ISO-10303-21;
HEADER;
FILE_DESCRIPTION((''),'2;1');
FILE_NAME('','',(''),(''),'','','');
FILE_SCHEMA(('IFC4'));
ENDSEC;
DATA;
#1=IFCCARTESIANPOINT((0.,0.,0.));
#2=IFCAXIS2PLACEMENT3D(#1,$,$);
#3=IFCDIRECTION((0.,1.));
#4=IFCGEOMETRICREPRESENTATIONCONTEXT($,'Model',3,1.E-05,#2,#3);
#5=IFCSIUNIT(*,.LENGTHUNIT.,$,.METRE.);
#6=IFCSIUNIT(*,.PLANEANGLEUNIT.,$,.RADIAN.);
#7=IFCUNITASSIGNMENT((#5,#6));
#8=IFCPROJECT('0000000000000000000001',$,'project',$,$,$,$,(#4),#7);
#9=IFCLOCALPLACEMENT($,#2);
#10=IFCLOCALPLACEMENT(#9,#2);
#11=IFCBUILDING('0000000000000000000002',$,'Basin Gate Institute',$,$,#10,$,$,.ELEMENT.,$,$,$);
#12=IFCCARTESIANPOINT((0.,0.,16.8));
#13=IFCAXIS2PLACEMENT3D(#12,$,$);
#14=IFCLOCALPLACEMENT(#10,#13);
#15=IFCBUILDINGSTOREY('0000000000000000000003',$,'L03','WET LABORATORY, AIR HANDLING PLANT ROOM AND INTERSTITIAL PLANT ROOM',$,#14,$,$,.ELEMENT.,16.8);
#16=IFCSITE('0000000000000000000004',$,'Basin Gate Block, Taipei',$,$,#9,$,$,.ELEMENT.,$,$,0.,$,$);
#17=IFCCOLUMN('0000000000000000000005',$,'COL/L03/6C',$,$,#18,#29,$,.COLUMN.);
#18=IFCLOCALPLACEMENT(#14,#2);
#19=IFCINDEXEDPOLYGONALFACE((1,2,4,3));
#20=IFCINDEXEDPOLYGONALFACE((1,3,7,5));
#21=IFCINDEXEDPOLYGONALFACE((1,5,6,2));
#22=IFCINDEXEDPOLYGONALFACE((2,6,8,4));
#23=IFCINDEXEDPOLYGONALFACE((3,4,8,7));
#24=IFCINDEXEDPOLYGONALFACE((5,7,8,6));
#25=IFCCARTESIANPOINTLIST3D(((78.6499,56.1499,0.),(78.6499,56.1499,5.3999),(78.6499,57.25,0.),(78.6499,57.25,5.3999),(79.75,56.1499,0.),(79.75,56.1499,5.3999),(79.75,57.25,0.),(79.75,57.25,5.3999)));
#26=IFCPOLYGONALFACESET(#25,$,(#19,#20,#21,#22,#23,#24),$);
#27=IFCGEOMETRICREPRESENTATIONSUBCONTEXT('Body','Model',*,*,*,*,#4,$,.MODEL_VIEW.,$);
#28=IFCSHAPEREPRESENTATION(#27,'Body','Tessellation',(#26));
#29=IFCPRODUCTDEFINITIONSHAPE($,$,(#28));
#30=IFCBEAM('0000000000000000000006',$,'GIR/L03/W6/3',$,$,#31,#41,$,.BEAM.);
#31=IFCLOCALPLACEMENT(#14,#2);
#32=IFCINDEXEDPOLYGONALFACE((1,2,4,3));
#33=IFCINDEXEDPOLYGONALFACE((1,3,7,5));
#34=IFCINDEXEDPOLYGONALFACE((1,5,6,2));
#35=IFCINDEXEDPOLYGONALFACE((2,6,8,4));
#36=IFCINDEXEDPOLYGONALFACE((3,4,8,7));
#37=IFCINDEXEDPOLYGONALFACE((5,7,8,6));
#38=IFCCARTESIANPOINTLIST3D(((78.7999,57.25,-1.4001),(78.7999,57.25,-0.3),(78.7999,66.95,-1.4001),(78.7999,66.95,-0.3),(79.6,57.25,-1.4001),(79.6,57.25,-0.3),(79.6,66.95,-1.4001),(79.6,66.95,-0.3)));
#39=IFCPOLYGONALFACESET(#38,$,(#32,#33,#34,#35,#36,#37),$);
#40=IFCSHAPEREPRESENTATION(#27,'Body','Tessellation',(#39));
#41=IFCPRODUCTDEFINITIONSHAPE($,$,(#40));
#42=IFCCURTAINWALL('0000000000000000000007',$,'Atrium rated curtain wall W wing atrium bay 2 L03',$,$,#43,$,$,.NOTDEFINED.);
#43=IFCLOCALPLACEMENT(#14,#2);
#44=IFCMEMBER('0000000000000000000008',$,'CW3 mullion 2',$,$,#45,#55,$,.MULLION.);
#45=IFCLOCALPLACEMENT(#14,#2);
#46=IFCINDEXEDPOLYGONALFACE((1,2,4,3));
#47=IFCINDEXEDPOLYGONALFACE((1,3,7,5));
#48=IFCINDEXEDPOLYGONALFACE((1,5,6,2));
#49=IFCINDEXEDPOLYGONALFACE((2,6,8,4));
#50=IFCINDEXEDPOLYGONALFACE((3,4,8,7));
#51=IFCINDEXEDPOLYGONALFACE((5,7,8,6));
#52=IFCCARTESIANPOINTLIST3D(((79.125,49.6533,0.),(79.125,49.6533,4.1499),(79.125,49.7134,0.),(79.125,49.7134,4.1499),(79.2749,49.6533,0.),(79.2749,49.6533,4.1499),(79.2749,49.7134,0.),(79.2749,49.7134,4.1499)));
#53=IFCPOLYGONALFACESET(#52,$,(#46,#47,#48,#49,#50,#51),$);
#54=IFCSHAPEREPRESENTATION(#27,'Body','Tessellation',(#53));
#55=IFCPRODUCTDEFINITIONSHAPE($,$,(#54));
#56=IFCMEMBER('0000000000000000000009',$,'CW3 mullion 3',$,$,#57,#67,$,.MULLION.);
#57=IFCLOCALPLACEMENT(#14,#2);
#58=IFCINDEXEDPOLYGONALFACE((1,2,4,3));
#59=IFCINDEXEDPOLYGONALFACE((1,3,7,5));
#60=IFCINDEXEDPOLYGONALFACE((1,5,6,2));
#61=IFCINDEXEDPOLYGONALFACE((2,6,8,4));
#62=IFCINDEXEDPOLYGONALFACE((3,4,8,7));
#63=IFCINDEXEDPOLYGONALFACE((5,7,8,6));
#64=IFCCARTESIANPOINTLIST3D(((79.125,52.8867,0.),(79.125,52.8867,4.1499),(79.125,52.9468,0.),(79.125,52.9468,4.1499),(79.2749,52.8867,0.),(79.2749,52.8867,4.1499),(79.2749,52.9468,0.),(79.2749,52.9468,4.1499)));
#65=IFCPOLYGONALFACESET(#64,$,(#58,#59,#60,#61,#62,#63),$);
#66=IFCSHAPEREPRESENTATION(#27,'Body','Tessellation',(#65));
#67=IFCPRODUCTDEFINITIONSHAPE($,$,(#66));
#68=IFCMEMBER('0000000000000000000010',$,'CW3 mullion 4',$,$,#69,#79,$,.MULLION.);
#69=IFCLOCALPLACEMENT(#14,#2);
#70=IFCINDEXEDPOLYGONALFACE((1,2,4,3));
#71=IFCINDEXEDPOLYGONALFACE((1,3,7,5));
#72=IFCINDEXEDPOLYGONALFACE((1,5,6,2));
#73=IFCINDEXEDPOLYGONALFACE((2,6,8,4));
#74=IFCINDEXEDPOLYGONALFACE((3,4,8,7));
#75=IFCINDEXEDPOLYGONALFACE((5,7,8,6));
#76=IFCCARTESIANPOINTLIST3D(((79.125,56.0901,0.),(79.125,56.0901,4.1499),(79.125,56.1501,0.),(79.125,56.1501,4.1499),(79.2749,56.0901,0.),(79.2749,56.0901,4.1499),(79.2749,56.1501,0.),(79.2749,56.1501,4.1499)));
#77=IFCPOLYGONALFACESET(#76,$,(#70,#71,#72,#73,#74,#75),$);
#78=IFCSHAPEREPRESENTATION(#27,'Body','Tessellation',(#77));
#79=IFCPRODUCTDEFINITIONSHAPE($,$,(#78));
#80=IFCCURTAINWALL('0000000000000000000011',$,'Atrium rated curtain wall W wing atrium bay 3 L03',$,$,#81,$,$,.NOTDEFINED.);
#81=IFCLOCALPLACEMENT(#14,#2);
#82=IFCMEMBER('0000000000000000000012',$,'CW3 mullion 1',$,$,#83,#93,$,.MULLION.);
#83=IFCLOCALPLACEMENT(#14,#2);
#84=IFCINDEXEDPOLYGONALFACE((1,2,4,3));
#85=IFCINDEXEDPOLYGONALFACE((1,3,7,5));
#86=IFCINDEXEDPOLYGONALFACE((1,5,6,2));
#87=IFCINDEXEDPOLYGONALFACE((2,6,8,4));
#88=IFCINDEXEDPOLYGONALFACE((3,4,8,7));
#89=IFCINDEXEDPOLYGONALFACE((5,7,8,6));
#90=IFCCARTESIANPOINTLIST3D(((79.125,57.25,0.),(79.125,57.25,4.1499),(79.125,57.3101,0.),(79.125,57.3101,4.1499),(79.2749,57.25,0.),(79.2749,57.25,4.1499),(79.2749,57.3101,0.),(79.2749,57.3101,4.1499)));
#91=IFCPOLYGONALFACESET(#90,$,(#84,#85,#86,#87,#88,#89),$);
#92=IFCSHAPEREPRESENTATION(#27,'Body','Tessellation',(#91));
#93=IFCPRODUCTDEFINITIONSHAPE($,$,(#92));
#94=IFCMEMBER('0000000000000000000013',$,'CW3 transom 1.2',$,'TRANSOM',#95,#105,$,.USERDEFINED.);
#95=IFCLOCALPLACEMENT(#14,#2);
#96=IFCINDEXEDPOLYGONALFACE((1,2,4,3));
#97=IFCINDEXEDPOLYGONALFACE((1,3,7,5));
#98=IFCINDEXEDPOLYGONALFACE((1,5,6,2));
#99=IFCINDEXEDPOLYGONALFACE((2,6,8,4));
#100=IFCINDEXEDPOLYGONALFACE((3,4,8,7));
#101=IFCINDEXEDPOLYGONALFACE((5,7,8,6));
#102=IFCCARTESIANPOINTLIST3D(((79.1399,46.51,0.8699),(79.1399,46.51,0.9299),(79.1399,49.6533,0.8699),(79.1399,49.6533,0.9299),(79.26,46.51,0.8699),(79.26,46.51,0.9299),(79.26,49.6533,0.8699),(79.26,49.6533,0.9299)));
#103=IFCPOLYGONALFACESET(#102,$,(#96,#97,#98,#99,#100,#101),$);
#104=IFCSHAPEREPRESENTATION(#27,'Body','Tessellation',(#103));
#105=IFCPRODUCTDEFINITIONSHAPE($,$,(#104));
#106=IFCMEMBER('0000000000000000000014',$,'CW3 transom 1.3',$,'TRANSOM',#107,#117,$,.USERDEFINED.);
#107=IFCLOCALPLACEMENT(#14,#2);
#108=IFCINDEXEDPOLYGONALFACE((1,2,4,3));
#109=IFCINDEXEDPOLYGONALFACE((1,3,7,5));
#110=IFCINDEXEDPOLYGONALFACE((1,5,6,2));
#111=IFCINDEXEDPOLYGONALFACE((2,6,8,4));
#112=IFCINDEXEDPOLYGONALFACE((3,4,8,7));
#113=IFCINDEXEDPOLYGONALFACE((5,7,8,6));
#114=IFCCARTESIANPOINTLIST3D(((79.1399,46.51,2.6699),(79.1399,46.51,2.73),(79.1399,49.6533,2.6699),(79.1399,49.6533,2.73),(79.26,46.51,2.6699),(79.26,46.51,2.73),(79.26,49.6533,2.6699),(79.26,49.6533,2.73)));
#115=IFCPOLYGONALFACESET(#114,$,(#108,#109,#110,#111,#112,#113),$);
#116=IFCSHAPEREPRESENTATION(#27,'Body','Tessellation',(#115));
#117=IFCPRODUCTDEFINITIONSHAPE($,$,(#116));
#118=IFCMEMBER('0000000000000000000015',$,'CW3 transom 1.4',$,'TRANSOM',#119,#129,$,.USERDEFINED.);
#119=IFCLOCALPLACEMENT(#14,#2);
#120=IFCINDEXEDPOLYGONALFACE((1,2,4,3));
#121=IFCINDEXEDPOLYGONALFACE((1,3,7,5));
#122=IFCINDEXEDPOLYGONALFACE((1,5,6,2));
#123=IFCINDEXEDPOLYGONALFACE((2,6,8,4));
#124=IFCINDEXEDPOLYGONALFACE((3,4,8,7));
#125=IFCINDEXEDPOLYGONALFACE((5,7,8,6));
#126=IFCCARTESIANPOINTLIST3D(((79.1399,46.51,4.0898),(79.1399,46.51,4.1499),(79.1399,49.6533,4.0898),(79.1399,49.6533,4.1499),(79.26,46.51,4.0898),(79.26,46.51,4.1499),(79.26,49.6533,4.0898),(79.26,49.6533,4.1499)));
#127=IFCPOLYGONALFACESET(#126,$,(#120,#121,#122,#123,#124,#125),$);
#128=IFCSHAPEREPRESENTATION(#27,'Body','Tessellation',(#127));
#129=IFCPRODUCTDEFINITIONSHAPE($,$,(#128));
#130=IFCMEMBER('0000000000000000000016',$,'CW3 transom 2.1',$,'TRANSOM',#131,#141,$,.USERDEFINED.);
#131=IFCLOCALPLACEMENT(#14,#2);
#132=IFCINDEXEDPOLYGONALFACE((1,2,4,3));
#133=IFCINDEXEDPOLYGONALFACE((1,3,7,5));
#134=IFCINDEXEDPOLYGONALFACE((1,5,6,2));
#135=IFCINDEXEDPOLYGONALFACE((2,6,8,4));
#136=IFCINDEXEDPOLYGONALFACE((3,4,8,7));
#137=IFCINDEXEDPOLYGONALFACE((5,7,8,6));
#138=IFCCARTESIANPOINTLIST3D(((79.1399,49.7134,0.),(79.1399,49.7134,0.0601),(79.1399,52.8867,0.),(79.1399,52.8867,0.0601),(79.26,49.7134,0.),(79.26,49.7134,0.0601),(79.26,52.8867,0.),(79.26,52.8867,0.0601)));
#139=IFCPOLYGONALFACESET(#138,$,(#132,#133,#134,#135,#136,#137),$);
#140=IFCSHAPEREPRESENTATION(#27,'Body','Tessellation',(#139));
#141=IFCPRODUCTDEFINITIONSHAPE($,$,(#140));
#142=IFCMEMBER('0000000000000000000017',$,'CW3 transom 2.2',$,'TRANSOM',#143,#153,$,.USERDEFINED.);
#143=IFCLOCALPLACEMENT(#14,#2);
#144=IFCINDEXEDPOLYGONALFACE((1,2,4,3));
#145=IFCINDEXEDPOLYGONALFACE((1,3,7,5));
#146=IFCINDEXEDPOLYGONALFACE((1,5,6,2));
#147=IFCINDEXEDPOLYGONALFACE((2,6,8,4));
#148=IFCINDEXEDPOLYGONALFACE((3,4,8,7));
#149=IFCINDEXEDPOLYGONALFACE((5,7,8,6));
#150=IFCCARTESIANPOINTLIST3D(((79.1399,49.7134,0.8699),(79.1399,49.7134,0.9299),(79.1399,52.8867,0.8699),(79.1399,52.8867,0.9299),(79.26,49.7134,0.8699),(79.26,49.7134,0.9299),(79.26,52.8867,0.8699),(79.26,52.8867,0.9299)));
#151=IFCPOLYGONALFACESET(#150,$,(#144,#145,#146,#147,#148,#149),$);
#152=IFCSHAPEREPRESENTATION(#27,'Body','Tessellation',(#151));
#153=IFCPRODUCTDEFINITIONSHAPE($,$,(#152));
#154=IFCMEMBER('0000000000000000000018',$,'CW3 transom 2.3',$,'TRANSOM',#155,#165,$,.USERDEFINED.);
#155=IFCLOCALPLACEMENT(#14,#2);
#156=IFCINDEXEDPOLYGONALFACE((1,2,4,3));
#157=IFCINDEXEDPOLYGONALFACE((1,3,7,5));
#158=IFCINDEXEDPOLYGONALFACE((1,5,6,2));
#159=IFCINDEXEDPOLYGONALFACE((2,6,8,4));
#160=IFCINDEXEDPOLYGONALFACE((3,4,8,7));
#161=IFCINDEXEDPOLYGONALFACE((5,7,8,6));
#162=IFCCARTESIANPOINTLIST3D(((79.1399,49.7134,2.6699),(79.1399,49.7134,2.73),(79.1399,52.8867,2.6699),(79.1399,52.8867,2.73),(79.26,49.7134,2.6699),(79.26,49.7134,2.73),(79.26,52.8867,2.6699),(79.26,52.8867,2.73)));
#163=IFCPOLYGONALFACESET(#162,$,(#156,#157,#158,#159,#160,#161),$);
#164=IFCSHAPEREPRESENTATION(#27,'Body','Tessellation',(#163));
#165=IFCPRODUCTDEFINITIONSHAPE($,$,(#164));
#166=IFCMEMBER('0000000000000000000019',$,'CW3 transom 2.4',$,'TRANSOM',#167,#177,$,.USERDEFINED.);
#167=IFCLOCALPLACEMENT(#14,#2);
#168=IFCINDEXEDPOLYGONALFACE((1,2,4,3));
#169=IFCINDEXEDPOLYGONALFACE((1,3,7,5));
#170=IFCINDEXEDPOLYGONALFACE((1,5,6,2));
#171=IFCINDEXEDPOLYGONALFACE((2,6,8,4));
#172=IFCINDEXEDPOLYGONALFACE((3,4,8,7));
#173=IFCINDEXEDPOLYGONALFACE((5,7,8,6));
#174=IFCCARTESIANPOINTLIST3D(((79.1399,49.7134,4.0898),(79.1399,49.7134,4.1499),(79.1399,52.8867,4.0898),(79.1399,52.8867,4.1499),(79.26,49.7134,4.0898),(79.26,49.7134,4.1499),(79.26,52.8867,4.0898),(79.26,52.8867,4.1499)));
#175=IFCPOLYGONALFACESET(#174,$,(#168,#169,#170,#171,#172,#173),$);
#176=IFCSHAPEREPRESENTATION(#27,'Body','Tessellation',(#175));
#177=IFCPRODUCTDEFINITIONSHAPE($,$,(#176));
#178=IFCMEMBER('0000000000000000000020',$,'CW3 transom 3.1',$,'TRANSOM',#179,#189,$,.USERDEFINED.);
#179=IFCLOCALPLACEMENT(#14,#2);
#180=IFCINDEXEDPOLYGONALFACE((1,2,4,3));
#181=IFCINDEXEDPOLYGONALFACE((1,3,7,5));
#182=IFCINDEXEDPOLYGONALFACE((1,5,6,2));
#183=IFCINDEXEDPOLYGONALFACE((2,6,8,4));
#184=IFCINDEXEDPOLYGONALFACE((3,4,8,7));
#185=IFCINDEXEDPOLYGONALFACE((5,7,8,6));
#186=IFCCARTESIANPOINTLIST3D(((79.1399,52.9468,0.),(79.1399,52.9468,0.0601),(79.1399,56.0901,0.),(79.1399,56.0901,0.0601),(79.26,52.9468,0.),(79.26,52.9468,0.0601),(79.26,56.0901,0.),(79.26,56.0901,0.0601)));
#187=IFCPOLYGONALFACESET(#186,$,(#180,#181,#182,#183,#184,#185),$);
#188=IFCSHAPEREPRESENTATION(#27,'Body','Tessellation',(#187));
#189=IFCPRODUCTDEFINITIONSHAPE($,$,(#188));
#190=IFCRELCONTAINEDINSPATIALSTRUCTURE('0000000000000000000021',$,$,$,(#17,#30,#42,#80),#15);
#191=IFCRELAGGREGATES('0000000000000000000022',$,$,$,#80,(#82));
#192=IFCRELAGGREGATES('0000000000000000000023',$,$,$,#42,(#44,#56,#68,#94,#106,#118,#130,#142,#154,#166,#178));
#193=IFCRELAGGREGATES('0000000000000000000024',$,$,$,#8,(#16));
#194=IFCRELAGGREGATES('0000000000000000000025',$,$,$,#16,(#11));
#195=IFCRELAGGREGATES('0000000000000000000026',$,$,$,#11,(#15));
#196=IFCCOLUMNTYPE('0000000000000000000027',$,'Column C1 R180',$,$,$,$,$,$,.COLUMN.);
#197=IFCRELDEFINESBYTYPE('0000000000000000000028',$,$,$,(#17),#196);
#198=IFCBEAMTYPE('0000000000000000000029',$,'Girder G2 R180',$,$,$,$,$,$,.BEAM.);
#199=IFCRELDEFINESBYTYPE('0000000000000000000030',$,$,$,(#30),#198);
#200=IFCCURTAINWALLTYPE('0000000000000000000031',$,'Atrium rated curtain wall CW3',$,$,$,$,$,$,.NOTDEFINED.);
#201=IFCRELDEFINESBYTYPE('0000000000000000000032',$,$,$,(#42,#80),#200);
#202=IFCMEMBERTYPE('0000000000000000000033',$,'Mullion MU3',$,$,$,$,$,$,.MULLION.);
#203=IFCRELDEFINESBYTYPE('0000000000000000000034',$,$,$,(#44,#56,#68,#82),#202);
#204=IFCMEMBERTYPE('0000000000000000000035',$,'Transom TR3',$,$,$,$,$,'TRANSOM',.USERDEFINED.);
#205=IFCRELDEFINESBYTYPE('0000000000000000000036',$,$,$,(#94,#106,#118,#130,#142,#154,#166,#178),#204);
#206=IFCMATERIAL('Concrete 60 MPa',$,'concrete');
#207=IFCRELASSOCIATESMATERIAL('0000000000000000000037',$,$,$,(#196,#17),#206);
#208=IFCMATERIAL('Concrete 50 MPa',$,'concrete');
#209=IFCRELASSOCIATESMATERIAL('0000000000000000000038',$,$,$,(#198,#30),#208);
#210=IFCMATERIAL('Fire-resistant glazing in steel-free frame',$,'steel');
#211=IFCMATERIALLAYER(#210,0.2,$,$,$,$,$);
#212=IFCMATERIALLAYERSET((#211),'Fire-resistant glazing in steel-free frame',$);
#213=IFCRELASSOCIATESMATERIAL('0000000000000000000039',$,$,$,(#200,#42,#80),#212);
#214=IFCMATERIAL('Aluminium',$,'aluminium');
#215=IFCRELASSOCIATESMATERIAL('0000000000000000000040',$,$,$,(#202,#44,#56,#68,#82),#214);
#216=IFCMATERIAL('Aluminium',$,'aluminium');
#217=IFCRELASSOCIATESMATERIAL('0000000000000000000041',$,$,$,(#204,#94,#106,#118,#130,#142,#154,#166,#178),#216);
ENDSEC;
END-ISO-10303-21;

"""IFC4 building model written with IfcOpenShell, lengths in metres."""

from ifc_helpers import new_model, si_unit, direction, frame, origin, origin_2d, place, context, subcontext, project, spatial, rectangle, extrude, material, layer, layer_set, material_profile, profile_set, type_object, element, aggregate, save


model = new_model("IFC4")

# Units and contexts
model_context = context("Model", 3, precision=1e-05, world=origin(), true_north=direction((0.0, 1.0)))
body_context = subcontext(model_context, "Body", "Model", "MODEL_VIEW")
ifc_project = project(units=[si_unit("LENGTHUNIT", "METRE"), si_unit("PLANEANGLEUNIT", "RADIAN")], contexts=[model_context])

# Site, building, storey
site_placement = place(None, origin())
site = spatial("IfcSite", under=ifc_project, at=site_placement, Name="Basin Gate Block, Taipei", CompositionType="ELEMENT", RefElevation=0.0)
building_placement = place(site_placement, origin())
building = spatial("IfcBuilding", under=site, at=building_placement, Name="Basin Gate Institute", CompositionType="ELEMENT")
storey_placement = place(building_placement, frame((0.0, 0.0, 16.8)))
storey = spatial("IfcBuildingStorey", under=building, at=storey_placement, Name="L03", Description="WET LABORATORY, AIR HANDLING PLANT ROOM AND INTERSTITIAL PLANT ROOM", CompositionType="ELEMENT", Elevation=16.8)

# Column
ifc_material_1 = material(Name="Concrete 60 MPa", Category="concrete")
ifc_material_profile_1 = material_profile(ifc_material_1, rectangle(XDim=1.1001, YDim=1.1001, at=origin_2d()), Name="Column C1 1100 x 1100")
ifc_profile_set_1 = profile_set([ifc_material_profile_1], Name="Concrete 60 MPa")
column_type = type_object("IfcColumnType", Name="Column C1 R180", PredefinedType="COLUMN", material=ifc_profile_set_1)
column_placement = place(storey_placement, frame((79.2, 56.7, 0.0), z_axis=(0.0, 0.0, 1.0), x_axis=(1.0, 0.0, 0.0)))
element("IfcColumn", 1, at=column_placement, inside=storey, type_object=column_type, material=ifc_profile_set_1, Name="COL/L03/6C", PredefinedType="COLUMN", context=body_context, shape_type="SweptSolid", body=[
    extrude(rectangle(XDim=1.1001, YDim=1.1001, at=origin_2d()), origin(), (0.0, 0.0, 1.0), 5.3999),
])

# Beam
ifc_material_2 = material(Name="Concrete 50 MPa", Category="concrete")
ifc_material_profile_2 = material_profile(ifc_material_2, rectangle(XDim=0.8, YDim=1.1001, at=origin_2d()), Name="Girder G2 800 x 1100")
ifc_profile_set_2 = profile_set([ifc_material_profile_2], Name="Concrete 50 MPa")
beam_type = type_object("IfcBeamType", Name="Girder G2 R180", PredefinedType="BEAM", material=ifc_profile_set_2)
beam_placement = place(storey_placement, frame((79.2, 57.25, -0.8501), z_axis=(0.0, 1.0, 0.0), x_axis=(-1.0, 0.0, 0.0)))
element("IfcBeam", 2, at=beam_placement, inside=storey, type_object=beam_type, material=ifc_profile_set_2, Name="GIR/L03/W6/3", PredefinedType="BEAM", context=body_context, shape_type="SweptSolid", body=[
    extrude(rectangle(XDim=0.8, YDim=1.1001, at=origin_2d()), origin(), (0.0, 0.0, 1.0), 9.7),
])

# Curtain wall, members
ifc_material_3 = material(Name="Fire-resistant glazing in steel-free frame", Category="steel")
ifc_layer_1 = layer(ifc_material_3, 0.2)
ifc_layer_set_1 = layer_set([ifc_layer_1], Name="Fire-resistant glazing in steel-free frame")
curtain_wall_type = type_object("IfcCurtainWallType", Name="Atrium rated curtain wall CW3", PredefinedType="NOTDEFINED", material=ifc_layer_set_1)
curtain_wall_1_placement = place(storey_placement, origin())
curtain_wall_1 = element("IfcCurtainWall", 3, at=curtain_wall_1_placement, inside=storey, type_object=curtain_wall_type, material=ifc_layer_set_1, Name="Atrium rated curtain wall W wing atrium bay 2 L03", PredefinedType="NOTDEFINED")
ifc_material_4 = material(Name="Aluminium", Category="aluminium")
ifc_material_profile_3 = material_profile(ifc_material_4, rectangle(XDim=0.1499, YDim=0.0601, at=origin_2d()), Name="Mullion MU3 150 x 60")
ifc_profile_set_3 = profile_set([ifc_material_profile_3], Name="Aluminium")
member_type_1 = type_object("IfcMemberType", Name="Mullion MU3", PredefinedType="MULLION", material=ifc_profile_set_3)
member_1_placement = place(storey_placement, frame((79.2, 49.6833, 0.0), z_axis=(0.0, 0.0, 1.0), x_axis=(-1.0, 0.0, 0.0)))
member_1 = element("IfcMember", 4, at=member_1_placement, type_object=member_type_1, material=ifc_profile_set_3, Name="CW3 mullion 2", PredefinedType="MULLION", context=body_context, shape_type="SweptSolid", body=[
    extrude(rectangle(XDim=0.1499, YDim=0.0601, at=origin_2d()), origin(), (0.0, 0.0, 1.0), 4.1499),
])
member_2_placement = place(storey_placement, frame((79.2, 52.9167, 0.0), z_axis=(0.0, 0.0, 1.0), x_axis=(-1.0, 0.0, 0.0)))
member_2 = element("IfcMember", 5, at=member_2_placement, type_object=member_type_1, material=ifc_profile_set_3, Name="CW3 mullion 3", PredefinedType="MULLION", context=body_context, shape_type="SweptSolid", body=[
    extrude(rectangle(XDim=0.1499, YDim=0.0601, at=origin_2d()), origin(), (0.0, 0.0, 1.0), 4.1499),
])
member_3_placement = place(storey_placement, frame((79.2, 56.1201, 0.0), z_axis=(0.0, 0.0, 1.0), x_axis=(-1.0, 0.0, 0.0)))
member_3 = element("IfcMember", 6, at=member_3_placement, type_object=member_type_1, material=ifc_profile_set_3, Name="CW3 mullion 4", PredefinedType="MULLION", context=body_context, shape_type="SweptSolid", body=[
    extrude(rectangle(XDim=0.1499, YDim=0.0601, at=origin_2d()), origin(), (0.0, 0.0, 1.0), 4.1499),
])

# Curtain wall, member
curtain_wall_2_placement = place(storey_placement, origin())
curtain_wall_2 = element("IfcCurtainWall", 7, at=curtain_wall_2_placement, inside=storey, type_object=curtain_wall_type, material=ifc_layer_set_1, Name="Atrium rated curtain wall W wing atrium bay 3 L03", PredefinedType="NOTDEFINED")
member_4_placement = place(storey_placement, frame((79.2, 57.28, 0.0), z_axis=(0.0, 0.0, 1.0), x_axis=(-1.0, 0.0, 0.0)))
member_4 = element("IfcMember", 8, at=member_4_placement, type_object=member_type_1, material=ifc_profile_set_3, Name="CW3 mullion 1", PredefinedType="MULLION", context=body_context, shape_type="SweptSolid", body=[
    extrude(rectangle(XDim=0.1499, YDim=0.0601, at=origin_2d()), origin(), (0.0, 0.0, 1.0), 4.1499),
])

# Members
ifc_material_5 = material(Name="Aluminium", Category="aluminium")
ifc_material_profile_4 = material_profile(ifc_material_5, rectangle(XDim=0.1201, YDim=0.0601, at=origin_2d()), Name="Transom TR3 120 x 60")
ifc_profile_set_4 = profile_set([ifc_material_profile_4], Name="Aluminium")
member_type_2 = type_object("IfcMemberType", Name="Transom TR3", ElementType="TRANSOM", PredefinedType="USERDEFINED", material=ifc_profile_set_4)
member_5_placement = place(storey_placement, frame((79.2, 46.51, 0.8999), z_axis=(0.0, 1.0, 0.0), x_axis=(-1.0, 0.0, 0.0)))
member_5 = element("IfcMember", 9, at=member_5_placement, type_object=member_type_2, material=ifc_profile_set_4, Name="CW3 transom 1.2", ObjectType="TRANSOM", PredefinedType="USERDEFINED", context=body_context, shape_type="SweptSolid", body=[
    extrude(rectangle(XDim=0.1201, YDim=0.0601, at=origin_2d()), origin(), (0.0, 0.0, 1.0), 3.1433),
])
member_6_placement = place(storey_placement, frame((79.2, 46.51, 2.7), z_axis=(0.0, 1.0, 0.0), x_axis=(-1.0, 0.0, 0.0)))
member_6 = element("IfcMember", 10, at=member_6_placement, type_object=member_type_2, material=ifc_profile_set_4, Name="CW3 transom 1.3", ObjectType="TRANSOM", PredefinedType="USERDEFINED", context=body_context, shape_type="SweptSolid", body=[
    extrude(rectangle(XDim=0.1201, YDim=0.0601, at=origin_2d()), origin(), (0.0, 0.0, 1.0), 3.1433),
])
member_7_placement = place(storey_placement, frame((79.2, 46.51, 4.1199), z_axis=(0.0, 1.0, 0.0), x_axis=(-1.0, 0.0, 0.0)))
member_7 = element("IfcMember", 11, at=member_7_placement, type_object=member_type_2, material=ifc_profile_set_4, Name="CW3 transom 1.4", ObjectType="TRANSOM", PredefinedType="USERDEFINED", context=body_context, shape_type="SweptSolid", body=[
    extrude(rectangle(XDim=0.1201, YDim=0.0601, at=origin_2d()), origin(), (0.0, 0.0, 1.0), 3.1433),
])
member_8_placement = place(storey_placement, frame((79.2, 49.7134, 0.03), z_axis=(0.0, 1.0, 0.0), x_axis=(-1.0, 0.0, 0.0)))
member_8 = element("IfcMember", 12, at=member_8_placement, type_object=member_type_2, material=ifc_profile_set_4, Name="CW3 transom 2.1", ObjectType="TRANSOM", PredefinedType="USERDEFINED", context=body_context, shape_type="SweptSolid", body=[
    extrude(rectangle(XDim=0.1201, YDim=0.0601, at=origin_2d()), origin(), (0.0, 0.0, 1.0), 3.1733),
])
member_9_placement = place(storey_placement, frame((79.2, 49.7134, 0.8999), z_axis=(0.0, 1.0, 0.0), x_axis=(-1.0, 0.0, 0.0)))
member_9 = element("IfcMember", 13, at=member_9_placement, type_object=member_type_2, material=ifc_profile_set_4, Name="CW3 transom 2.2", ObjectType="TRANSOM", PredefinedType="USERDEFINED", context=body_context, shape_type="SweptSolid", body=[
    extrude(rectangle(XDim=0.1201, YDim=0.0601, at=origin_2d()), origin(), (0.0, 0.0, 1.0), 3.1733),
])
member_10_placement = place(storey_placement, frame((79.2, 49.7134, 2.7), z_axis=(0.0, 1.0, 0.0), x_axis=(-1.0, 0.0, 0.0)))
member_10 = element("IfcMember", 14, at=member_10_placement, type_object=member_type_2, material=ifc_profile_set_4, Name="CW3 transom 2.3", ObjectType="TRANSOM", PredefinedType="USERDEFINED", context=body_context, shape_type="SweptSolid", body=[
    extrude(rectangle(XDim=0.1201, YDim=0.0601, at=origin_2d()), origin(), (0.0, 0.0, 1.0), 3.1733),
])
member_11_placement = place(storey_placement, frame((79.2, 49.7134, 4.1199), z_axis=(0.0, 1.0, 0.0), x_axis=(-1.0, 0.0, 0.0)))
member_11 = element("IfcMember", 15, at=member_11_placement, type_object=member_type_2, material=ifc_profile_set_4, Name="CW3 transom 2.4", ObjectType="TRANSOM", PredefinedType="USERDEFINED", context=body_context, shape_type="SweptSolid", body=[
    extrude(rectangle(XDim=0.1201, YDim=0.0601, at=origin_2d()), origin(), (0.0, 0.0, 1.0), 3.1733),
])
member_12_placement = place(storey_placement, frame((79.2, 52.9468, 0.03), z_axis=(0.0, 1.0, 0.0), x_axis=(-1.0, 0.0, 0.0)))
member_12 = element("IfcMember", 16, at=member_12_placement, type_object=member_type_2, material=ifc_profile_set_4, Name="CW3 transom 3.1", ObjectType="TRANSOM", PredefinedType="USERDEFINED", context=body_context, shape_type="SweptSolid", body=[
    extrude(rectangle(XDim=0.1201, YDim=0.0601, at=origin_2d()), origin(), (0.0, 0.0, 1.0), 3.1433),
])
aggregate(curtain_wall_2, [member_4])

aggregate(curtain_wall_1, [member_1, member_2, member_3, member_5, member_6, member_7, member_8, member_9, member_10, member_11, member_12])

save(model, "model.ifc")
